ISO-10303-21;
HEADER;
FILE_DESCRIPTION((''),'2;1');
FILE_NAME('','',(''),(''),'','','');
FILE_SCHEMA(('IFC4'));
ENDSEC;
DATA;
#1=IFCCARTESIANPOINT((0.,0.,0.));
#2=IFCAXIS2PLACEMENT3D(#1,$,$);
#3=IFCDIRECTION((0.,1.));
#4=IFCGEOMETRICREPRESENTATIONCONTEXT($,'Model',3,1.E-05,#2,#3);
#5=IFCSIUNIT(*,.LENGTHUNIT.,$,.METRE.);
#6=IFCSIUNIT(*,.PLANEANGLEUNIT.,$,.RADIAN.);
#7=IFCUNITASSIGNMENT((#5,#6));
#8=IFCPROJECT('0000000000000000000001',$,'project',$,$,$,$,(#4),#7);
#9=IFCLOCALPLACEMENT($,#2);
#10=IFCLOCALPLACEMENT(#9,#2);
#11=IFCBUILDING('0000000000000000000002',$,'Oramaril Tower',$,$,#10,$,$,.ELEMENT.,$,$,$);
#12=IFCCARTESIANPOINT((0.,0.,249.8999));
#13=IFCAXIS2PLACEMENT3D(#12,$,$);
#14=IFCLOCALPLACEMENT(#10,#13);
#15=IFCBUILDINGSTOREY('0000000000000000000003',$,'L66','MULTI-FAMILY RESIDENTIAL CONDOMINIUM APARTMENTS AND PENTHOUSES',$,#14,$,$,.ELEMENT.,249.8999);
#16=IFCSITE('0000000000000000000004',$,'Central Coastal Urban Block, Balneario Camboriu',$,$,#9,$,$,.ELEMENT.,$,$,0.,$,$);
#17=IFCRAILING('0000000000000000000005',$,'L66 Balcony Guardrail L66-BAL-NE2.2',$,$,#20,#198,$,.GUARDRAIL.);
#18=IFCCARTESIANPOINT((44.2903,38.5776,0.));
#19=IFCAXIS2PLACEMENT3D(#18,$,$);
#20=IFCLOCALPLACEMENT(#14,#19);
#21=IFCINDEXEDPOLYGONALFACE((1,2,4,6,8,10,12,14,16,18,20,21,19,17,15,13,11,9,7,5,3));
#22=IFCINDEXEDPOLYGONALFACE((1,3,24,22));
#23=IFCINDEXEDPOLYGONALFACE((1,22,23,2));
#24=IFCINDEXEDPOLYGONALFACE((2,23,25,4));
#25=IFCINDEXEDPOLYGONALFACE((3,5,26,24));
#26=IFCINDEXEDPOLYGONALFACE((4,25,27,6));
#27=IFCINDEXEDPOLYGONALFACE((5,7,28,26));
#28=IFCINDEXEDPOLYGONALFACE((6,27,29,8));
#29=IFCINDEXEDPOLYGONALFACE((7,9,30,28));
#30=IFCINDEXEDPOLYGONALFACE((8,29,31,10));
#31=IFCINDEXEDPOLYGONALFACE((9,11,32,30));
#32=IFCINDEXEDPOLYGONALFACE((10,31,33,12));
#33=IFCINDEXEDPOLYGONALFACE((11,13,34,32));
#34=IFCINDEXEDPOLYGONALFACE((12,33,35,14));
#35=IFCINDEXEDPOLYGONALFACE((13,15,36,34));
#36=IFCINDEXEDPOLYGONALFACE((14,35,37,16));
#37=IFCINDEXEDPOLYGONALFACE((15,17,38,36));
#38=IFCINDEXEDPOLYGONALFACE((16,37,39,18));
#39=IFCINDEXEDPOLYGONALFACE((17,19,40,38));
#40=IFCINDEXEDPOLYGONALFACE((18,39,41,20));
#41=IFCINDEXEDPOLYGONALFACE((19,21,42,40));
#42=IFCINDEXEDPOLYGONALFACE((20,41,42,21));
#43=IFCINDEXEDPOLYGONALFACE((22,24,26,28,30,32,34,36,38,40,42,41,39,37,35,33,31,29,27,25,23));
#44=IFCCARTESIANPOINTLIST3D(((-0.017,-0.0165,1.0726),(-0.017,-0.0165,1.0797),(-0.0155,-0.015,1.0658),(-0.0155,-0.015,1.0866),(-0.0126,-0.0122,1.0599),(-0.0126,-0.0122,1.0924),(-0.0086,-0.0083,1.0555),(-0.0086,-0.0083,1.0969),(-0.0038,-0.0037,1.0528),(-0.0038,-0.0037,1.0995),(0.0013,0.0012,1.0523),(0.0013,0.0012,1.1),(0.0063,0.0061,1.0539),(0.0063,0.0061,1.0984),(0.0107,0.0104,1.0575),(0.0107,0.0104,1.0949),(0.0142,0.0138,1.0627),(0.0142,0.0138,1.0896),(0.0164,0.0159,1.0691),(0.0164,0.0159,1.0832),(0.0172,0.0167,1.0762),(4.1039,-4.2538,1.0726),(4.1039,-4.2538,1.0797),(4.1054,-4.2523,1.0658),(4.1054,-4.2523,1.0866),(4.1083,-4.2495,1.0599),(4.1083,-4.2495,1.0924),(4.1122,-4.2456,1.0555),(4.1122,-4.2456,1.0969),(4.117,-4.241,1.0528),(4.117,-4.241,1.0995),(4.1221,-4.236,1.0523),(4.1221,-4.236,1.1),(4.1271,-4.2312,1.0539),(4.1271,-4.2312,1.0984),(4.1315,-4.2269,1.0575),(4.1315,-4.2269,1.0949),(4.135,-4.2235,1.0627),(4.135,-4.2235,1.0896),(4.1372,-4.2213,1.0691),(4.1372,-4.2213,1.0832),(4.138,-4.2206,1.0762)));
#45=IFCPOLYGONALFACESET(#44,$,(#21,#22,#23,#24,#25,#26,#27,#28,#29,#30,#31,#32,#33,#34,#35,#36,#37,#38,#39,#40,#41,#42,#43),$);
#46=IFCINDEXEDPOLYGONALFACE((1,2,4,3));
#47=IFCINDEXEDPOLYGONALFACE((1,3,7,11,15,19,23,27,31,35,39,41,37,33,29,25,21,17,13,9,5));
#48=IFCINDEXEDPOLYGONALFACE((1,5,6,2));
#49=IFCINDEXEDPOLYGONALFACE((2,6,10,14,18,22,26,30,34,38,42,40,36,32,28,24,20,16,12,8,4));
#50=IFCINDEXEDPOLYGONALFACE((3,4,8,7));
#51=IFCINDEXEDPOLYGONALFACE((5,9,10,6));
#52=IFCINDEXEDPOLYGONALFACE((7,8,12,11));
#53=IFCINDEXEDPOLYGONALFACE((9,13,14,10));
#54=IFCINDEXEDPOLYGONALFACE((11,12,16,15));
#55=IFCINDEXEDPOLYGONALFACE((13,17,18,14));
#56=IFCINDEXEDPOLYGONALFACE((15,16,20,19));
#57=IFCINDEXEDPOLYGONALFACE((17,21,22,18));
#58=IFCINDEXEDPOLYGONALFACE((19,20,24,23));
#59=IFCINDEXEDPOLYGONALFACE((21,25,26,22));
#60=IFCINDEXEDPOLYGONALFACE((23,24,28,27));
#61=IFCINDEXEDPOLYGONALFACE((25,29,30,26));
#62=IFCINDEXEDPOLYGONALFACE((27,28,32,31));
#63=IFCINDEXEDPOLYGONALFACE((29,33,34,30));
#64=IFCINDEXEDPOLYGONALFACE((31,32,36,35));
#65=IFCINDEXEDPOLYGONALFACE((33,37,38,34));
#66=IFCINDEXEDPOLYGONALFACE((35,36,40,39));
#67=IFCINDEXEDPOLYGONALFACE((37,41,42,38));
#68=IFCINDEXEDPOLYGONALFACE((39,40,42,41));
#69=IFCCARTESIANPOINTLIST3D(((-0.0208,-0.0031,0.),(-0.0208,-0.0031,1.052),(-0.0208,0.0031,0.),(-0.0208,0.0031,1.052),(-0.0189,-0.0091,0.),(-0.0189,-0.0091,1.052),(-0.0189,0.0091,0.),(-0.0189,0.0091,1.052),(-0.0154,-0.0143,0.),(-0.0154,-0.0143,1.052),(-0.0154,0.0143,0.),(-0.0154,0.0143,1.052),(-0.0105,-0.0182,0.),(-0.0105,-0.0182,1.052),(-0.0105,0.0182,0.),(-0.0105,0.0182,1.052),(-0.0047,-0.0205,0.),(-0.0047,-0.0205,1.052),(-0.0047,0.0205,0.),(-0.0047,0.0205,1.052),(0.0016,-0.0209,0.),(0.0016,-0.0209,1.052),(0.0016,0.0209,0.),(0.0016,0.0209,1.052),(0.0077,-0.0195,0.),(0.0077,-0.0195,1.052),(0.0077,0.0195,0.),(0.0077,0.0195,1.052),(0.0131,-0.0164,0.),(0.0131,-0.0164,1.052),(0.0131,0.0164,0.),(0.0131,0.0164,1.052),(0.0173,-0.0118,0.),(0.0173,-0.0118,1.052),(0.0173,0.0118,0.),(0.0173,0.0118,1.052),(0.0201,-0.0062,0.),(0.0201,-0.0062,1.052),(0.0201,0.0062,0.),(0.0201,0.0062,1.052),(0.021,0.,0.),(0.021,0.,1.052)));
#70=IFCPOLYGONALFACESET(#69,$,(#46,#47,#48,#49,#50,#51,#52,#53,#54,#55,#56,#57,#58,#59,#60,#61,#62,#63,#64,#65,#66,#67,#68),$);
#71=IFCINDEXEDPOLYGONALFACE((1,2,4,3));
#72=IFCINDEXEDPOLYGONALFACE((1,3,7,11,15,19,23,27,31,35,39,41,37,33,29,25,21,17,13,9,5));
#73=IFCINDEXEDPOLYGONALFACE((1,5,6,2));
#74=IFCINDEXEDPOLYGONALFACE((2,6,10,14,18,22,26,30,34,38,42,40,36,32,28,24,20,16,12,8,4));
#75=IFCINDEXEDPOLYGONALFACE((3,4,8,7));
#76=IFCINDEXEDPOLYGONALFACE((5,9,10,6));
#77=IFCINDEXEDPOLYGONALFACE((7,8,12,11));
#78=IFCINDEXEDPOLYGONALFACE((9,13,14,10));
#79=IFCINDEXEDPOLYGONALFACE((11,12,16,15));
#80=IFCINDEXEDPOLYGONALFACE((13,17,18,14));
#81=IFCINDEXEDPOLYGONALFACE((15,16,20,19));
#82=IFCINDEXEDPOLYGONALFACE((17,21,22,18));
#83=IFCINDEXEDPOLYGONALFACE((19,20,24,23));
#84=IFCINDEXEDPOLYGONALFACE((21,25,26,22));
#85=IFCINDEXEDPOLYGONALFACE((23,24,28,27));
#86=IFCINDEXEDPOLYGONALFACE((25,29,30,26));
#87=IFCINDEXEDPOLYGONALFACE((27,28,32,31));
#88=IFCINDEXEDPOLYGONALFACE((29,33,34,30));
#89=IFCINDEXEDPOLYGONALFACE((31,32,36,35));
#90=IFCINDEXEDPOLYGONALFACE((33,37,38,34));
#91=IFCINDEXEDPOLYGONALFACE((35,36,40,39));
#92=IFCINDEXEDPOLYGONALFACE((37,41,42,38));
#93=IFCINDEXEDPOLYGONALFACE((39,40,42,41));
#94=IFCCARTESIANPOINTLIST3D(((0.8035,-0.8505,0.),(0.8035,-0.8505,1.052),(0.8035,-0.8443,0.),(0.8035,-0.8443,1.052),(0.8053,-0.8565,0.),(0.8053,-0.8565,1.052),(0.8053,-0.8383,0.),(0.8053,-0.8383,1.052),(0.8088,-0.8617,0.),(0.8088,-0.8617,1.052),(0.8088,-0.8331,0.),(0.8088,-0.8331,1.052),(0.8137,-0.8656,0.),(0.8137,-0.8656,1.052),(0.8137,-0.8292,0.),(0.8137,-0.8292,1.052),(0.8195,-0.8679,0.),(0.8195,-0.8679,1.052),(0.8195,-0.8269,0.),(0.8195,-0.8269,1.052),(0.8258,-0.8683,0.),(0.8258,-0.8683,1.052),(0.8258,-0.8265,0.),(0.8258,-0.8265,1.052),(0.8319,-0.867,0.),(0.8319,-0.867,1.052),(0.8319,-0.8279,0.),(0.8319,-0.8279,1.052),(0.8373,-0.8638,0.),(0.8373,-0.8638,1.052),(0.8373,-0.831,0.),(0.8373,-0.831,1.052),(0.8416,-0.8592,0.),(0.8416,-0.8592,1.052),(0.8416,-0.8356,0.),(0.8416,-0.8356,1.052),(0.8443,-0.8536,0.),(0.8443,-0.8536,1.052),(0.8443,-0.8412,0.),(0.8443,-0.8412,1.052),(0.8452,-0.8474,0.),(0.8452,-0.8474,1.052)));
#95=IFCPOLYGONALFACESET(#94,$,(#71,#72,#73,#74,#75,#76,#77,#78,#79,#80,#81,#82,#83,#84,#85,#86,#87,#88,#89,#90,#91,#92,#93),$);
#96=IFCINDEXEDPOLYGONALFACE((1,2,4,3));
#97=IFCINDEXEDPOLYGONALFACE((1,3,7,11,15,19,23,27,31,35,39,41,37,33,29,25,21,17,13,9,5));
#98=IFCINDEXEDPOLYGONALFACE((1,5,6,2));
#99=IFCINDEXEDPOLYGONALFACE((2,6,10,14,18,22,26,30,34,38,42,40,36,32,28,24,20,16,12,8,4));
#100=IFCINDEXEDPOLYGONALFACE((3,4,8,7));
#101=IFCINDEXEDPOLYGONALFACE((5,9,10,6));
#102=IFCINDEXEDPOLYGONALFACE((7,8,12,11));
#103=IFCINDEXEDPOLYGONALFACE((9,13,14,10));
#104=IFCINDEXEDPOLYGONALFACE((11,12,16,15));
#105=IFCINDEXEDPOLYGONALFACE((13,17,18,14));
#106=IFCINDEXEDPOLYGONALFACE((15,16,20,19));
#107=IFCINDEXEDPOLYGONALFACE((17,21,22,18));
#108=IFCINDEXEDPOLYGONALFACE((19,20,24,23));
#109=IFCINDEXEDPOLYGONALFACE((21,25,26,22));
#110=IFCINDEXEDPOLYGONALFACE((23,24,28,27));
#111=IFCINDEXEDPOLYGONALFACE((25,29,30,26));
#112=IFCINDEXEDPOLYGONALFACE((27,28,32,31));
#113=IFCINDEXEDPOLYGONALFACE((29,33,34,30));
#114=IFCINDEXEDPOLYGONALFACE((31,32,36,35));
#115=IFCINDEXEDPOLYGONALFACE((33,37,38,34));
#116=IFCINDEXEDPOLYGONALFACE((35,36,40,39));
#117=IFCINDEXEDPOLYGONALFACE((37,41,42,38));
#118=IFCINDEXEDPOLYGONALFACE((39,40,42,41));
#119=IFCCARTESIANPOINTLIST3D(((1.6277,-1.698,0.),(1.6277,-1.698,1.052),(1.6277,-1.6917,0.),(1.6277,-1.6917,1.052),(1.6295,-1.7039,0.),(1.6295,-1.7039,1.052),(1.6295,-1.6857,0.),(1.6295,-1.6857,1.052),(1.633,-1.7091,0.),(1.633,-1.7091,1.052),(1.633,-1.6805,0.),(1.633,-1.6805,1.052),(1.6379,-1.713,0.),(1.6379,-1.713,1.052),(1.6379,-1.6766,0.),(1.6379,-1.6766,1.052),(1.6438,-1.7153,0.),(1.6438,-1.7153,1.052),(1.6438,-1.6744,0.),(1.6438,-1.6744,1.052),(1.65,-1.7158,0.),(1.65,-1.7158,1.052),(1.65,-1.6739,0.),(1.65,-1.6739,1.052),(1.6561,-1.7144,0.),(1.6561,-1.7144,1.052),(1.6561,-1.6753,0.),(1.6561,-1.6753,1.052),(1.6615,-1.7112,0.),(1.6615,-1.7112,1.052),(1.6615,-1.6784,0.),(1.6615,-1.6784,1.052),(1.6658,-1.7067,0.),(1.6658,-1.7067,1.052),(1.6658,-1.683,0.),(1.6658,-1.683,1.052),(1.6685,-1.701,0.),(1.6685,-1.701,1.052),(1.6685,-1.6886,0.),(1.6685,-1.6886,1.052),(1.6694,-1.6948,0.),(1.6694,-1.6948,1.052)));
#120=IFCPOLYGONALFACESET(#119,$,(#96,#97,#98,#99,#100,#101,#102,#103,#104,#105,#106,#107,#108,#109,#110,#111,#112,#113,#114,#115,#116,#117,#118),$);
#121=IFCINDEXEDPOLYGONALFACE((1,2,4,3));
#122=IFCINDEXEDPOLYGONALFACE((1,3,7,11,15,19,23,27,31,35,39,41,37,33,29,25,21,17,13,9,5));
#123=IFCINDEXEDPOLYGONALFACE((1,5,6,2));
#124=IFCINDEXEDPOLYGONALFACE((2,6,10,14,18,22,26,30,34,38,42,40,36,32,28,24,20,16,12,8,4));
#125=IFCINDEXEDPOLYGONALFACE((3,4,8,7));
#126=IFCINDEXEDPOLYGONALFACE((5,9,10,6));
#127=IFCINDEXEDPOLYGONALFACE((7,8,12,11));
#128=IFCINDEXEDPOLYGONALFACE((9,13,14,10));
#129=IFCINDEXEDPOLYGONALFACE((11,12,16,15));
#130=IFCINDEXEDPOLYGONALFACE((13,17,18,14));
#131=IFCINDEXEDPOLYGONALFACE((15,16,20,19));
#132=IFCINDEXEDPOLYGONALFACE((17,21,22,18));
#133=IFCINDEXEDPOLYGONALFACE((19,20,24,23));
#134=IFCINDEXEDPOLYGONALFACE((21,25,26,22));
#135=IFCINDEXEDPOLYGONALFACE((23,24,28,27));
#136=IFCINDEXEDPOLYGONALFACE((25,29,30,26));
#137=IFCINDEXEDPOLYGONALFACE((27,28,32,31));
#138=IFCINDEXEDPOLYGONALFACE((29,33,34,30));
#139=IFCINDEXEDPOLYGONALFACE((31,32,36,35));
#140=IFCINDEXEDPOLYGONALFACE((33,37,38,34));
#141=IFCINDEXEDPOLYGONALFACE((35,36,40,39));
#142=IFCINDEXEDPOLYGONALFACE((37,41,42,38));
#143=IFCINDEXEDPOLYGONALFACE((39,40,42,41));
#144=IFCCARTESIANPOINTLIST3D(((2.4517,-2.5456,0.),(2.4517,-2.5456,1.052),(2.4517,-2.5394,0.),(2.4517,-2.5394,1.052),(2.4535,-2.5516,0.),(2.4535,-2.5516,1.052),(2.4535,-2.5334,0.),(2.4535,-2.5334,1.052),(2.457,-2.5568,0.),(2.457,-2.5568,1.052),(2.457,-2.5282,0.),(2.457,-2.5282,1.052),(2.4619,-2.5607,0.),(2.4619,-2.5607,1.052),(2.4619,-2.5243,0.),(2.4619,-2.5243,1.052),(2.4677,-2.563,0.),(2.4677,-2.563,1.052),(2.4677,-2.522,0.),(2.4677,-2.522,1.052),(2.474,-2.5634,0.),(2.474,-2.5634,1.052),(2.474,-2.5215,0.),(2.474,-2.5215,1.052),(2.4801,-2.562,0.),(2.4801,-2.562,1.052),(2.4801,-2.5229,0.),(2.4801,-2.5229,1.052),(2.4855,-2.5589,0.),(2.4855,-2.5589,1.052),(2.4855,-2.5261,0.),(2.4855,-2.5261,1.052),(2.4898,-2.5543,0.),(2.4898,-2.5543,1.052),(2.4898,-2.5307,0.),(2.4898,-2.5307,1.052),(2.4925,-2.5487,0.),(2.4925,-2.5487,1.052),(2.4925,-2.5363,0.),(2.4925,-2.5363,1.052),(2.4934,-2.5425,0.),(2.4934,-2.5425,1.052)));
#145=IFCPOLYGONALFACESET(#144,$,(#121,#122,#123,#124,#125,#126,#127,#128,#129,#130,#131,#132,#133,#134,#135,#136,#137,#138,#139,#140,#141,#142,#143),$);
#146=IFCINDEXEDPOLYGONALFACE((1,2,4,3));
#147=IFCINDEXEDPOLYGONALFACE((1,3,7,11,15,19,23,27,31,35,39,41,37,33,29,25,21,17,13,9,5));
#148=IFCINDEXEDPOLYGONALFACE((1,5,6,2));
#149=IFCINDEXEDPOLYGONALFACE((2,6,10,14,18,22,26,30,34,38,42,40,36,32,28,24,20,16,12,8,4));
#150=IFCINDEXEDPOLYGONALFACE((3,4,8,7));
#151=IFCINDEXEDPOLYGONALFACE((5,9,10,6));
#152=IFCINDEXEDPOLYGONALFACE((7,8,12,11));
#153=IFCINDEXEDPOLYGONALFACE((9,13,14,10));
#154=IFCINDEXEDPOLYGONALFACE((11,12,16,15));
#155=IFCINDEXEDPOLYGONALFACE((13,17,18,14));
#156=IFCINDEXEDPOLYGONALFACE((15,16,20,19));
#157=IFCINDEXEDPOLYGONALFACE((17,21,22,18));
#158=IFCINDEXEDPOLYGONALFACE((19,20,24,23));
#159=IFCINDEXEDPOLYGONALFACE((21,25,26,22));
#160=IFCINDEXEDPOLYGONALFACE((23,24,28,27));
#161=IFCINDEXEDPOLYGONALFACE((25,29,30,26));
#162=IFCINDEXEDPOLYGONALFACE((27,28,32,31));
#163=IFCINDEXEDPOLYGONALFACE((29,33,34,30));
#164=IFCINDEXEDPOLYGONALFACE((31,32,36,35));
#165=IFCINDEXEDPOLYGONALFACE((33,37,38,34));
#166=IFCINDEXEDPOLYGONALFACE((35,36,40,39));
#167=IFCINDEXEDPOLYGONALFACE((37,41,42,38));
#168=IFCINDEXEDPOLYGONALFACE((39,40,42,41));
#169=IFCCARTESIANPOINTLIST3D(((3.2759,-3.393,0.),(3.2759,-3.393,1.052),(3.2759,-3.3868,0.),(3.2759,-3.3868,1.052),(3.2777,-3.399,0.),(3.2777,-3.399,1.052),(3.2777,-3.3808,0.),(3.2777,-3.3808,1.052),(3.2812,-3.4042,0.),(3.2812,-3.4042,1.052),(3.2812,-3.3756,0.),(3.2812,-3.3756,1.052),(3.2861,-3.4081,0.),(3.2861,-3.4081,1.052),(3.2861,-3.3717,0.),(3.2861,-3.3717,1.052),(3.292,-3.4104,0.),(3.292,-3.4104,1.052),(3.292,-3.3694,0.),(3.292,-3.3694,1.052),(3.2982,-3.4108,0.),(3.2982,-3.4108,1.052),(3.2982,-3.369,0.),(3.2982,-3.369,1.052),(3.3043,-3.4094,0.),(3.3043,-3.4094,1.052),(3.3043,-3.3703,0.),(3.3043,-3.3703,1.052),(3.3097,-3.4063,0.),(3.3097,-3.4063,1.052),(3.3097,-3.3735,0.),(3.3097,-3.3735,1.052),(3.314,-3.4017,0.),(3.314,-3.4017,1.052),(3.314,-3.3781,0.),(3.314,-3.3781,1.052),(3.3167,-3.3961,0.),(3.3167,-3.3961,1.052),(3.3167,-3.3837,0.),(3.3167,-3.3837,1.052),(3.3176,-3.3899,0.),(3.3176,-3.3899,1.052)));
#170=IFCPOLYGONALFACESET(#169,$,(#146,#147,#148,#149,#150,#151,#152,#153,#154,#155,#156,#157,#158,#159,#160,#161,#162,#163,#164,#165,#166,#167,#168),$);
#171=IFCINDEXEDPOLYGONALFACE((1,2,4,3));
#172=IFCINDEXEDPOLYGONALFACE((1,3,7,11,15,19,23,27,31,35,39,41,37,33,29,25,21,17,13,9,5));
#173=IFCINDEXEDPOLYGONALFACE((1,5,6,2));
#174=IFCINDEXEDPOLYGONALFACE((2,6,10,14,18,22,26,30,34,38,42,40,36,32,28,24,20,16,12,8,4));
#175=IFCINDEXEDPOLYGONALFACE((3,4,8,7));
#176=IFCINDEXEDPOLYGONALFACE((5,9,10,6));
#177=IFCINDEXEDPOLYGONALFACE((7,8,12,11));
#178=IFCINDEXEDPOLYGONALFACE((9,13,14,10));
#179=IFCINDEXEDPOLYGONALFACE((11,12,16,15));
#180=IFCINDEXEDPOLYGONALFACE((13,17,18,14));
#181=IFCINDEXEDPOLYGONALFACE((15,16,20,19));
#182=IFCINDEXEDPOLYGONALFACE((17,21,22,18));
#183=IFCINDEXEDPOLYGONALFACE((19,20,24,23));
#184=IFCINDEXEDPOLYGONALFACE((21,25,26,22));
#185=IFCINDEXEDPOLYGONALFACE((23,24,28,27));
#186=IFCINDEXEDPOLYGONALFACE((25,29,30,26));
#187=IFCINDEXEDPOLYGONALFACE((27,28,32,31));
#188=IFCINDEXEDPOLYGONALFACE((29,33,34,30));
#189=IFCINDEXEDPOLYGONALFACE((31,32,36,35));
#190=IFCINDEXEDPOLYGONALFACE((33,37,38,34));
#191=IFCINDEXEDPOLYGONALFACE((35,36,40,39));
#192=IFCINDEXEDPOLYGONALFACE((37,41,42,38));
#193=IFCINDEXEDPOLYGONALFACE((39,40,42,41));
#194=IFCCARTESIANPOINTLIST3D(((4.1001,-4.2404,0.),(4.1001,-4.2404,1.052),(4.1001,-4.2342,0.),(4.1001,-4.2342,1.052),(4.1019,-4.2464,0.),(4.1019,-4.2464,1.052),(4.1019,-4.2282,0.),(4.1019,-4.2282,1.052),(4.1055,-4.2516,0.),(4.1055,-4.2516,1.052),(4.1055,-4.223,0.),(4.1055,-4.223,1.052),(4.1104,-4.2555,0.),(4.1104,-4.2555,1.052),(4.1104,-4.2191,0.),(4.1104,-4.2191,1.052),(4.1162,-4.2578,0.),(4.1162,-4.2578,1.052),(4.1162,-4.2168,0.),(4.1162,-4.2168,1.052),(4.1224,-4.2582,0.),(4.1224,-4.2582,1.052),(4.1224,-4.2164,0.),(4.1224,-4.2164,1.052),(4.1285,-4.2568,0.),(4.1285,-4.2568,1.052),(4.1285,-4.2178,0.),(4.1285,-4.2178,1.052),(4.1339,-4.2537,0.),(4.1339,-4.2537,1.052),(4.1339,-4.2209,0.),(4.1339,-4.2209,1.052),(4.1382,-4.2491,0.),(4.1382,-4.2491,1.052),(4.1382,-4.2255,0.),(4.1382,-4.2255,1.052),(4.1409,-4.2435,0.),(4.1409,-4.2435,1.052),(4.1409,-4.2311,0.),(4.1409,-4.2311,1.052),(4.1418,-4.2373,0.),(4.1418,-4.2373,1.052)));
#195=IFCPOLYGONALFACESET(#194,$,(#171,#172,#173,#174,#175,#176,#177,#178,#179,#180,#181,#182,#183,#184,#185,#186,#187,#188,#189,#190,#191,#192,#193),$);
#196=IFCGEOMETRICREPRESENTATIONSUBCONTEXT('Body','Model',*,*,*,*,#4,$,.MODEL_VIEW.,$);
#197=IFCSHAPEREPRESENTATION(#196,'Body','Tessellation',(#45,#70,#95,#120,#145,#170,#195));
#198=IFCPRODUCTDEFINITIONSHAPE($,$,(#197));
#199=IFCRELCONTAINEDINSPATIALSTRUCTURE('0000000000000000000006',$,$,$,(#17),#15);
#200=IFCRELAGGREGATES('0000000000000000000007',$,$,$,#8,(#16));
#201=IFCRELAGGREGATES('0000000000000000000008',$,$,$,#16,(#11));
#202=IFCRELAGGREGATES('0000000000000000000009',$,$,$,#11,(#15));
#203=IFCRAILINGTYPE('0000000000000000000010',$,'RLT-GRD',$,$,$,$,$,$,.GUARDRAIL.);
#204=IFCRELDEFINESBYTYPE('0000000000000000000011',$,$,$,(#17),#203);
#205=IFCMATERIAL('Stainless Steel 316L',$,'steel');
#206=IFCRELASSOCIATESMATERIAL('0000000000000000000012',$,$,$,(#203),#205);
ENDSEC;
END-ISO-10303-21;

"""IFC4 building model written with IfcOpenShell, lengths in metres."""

from ifc_helpers import new_model, si_unit, direction, frame, origin, origin_2d, place, context, subcontext, project, spatial, circle, extrude, material, type_object, element, save


model = new_model("IFC4")

# Units and contexts
model_context = context("Model", 3, precision=1e-05, world=origin(), true_north=direction((0.0, 1.0)))
body_context = subcontext(model_context, "Body", "Model", "MODEL_VIEW")
ifc_project = project(units=[si_unit("LENGTHUNIT", "METRE"), si_unit("PLANEANGLEUNIT", "RADIAN")], contexts=[model_context])

# Site, building, storey
site_placement = place(None, origin())
site = spatial("IfcSite", under=ifc_project, at=site_placement, Name="Central Coastal Urban Block, Balneario Camboriu", CompositionType="ELEMENT", RefElevation=0.0)
building_placement = place(site_placement, origin())
building = spatial("IfcBuilding", under=site, at=building_placement, Name="Oramaril Tower", CompositionType="ELEMENT")
storey_placement = place(building_placement, frame((0.0, 0.0, 249.8999)))
storey = spatial("IfcBuildingStorey", under=building, at=storey_placement, Name="L66", Description="MULTI-FAMILY RESIDENTIAL CONDOMINIUM APARTMENTS AND PENTHOUSES", CompositionType="ELEMENT", Elevation=249.8999)

# Railing
ifc_material_1 = material(Name="Stainless Steel 316L", Category="steel")
railing_type = type_object("IfcRailingType", Name="RLT-GRD", PredefinedType="GUARDRAIL", material=ifc_material_1)
railing_1_placement = place(storey_placement, frame((44.2903, 38.5776, 0.0)))
element("IfcRailing", 1, at=railing_1_placement, inside=storey, type_object=railing_type, Name="L66 Balcony Guardrail L66-BAL-NE2.2", PredefinedType="GUARDRAIL", context=body_context, shape_type="SweptSolid", body=[
    extrude(circle(Radius=0.0239, at=origin_2d()), frame((0.0, 0.0, 1.0762), z_axis=(0.697187, -0.716889, 0.0), x_axis=(0.716889, 0.697187, 0.0)), (0.0, 0.0, 1.0), 5.9106),
    extrude(circle(Radius=0.021, at=origin_2d()), origin(), (0.0, 0.0, 1.0), 1.052),
    extrude(circle(Radius=0.021, at=origin_2d()), frame((0.8242, -0.8474, 0.0)), (0.0, 0.0, 1.0), 1.052),
    extrude(circle(Radius=0.021, at=origin_2d()), frame((1.6484, -1.6948, 0.0)), (0.0, 0.0, 1.0), 1.052),
    extrude(circle(Radius=0.021, at=origin_2d()), frame((2.4724, -2.5425, 0.0)), (0.0, 0.0, 1.0), 1.052),
    extrude(circle(Radius=0.021, at=origin_2d()), frame((3.2966, -3.3899, 0.0)), (0.0, 0.0, 1.0), 1.052),
    extrude(circle(Radius=0.021, at=origin_2d()), frame((4.1208, -4.2373, 0.0)), (0.0, 0.0, 1.0), 1.052),
])

save(model, "model.ifc")
